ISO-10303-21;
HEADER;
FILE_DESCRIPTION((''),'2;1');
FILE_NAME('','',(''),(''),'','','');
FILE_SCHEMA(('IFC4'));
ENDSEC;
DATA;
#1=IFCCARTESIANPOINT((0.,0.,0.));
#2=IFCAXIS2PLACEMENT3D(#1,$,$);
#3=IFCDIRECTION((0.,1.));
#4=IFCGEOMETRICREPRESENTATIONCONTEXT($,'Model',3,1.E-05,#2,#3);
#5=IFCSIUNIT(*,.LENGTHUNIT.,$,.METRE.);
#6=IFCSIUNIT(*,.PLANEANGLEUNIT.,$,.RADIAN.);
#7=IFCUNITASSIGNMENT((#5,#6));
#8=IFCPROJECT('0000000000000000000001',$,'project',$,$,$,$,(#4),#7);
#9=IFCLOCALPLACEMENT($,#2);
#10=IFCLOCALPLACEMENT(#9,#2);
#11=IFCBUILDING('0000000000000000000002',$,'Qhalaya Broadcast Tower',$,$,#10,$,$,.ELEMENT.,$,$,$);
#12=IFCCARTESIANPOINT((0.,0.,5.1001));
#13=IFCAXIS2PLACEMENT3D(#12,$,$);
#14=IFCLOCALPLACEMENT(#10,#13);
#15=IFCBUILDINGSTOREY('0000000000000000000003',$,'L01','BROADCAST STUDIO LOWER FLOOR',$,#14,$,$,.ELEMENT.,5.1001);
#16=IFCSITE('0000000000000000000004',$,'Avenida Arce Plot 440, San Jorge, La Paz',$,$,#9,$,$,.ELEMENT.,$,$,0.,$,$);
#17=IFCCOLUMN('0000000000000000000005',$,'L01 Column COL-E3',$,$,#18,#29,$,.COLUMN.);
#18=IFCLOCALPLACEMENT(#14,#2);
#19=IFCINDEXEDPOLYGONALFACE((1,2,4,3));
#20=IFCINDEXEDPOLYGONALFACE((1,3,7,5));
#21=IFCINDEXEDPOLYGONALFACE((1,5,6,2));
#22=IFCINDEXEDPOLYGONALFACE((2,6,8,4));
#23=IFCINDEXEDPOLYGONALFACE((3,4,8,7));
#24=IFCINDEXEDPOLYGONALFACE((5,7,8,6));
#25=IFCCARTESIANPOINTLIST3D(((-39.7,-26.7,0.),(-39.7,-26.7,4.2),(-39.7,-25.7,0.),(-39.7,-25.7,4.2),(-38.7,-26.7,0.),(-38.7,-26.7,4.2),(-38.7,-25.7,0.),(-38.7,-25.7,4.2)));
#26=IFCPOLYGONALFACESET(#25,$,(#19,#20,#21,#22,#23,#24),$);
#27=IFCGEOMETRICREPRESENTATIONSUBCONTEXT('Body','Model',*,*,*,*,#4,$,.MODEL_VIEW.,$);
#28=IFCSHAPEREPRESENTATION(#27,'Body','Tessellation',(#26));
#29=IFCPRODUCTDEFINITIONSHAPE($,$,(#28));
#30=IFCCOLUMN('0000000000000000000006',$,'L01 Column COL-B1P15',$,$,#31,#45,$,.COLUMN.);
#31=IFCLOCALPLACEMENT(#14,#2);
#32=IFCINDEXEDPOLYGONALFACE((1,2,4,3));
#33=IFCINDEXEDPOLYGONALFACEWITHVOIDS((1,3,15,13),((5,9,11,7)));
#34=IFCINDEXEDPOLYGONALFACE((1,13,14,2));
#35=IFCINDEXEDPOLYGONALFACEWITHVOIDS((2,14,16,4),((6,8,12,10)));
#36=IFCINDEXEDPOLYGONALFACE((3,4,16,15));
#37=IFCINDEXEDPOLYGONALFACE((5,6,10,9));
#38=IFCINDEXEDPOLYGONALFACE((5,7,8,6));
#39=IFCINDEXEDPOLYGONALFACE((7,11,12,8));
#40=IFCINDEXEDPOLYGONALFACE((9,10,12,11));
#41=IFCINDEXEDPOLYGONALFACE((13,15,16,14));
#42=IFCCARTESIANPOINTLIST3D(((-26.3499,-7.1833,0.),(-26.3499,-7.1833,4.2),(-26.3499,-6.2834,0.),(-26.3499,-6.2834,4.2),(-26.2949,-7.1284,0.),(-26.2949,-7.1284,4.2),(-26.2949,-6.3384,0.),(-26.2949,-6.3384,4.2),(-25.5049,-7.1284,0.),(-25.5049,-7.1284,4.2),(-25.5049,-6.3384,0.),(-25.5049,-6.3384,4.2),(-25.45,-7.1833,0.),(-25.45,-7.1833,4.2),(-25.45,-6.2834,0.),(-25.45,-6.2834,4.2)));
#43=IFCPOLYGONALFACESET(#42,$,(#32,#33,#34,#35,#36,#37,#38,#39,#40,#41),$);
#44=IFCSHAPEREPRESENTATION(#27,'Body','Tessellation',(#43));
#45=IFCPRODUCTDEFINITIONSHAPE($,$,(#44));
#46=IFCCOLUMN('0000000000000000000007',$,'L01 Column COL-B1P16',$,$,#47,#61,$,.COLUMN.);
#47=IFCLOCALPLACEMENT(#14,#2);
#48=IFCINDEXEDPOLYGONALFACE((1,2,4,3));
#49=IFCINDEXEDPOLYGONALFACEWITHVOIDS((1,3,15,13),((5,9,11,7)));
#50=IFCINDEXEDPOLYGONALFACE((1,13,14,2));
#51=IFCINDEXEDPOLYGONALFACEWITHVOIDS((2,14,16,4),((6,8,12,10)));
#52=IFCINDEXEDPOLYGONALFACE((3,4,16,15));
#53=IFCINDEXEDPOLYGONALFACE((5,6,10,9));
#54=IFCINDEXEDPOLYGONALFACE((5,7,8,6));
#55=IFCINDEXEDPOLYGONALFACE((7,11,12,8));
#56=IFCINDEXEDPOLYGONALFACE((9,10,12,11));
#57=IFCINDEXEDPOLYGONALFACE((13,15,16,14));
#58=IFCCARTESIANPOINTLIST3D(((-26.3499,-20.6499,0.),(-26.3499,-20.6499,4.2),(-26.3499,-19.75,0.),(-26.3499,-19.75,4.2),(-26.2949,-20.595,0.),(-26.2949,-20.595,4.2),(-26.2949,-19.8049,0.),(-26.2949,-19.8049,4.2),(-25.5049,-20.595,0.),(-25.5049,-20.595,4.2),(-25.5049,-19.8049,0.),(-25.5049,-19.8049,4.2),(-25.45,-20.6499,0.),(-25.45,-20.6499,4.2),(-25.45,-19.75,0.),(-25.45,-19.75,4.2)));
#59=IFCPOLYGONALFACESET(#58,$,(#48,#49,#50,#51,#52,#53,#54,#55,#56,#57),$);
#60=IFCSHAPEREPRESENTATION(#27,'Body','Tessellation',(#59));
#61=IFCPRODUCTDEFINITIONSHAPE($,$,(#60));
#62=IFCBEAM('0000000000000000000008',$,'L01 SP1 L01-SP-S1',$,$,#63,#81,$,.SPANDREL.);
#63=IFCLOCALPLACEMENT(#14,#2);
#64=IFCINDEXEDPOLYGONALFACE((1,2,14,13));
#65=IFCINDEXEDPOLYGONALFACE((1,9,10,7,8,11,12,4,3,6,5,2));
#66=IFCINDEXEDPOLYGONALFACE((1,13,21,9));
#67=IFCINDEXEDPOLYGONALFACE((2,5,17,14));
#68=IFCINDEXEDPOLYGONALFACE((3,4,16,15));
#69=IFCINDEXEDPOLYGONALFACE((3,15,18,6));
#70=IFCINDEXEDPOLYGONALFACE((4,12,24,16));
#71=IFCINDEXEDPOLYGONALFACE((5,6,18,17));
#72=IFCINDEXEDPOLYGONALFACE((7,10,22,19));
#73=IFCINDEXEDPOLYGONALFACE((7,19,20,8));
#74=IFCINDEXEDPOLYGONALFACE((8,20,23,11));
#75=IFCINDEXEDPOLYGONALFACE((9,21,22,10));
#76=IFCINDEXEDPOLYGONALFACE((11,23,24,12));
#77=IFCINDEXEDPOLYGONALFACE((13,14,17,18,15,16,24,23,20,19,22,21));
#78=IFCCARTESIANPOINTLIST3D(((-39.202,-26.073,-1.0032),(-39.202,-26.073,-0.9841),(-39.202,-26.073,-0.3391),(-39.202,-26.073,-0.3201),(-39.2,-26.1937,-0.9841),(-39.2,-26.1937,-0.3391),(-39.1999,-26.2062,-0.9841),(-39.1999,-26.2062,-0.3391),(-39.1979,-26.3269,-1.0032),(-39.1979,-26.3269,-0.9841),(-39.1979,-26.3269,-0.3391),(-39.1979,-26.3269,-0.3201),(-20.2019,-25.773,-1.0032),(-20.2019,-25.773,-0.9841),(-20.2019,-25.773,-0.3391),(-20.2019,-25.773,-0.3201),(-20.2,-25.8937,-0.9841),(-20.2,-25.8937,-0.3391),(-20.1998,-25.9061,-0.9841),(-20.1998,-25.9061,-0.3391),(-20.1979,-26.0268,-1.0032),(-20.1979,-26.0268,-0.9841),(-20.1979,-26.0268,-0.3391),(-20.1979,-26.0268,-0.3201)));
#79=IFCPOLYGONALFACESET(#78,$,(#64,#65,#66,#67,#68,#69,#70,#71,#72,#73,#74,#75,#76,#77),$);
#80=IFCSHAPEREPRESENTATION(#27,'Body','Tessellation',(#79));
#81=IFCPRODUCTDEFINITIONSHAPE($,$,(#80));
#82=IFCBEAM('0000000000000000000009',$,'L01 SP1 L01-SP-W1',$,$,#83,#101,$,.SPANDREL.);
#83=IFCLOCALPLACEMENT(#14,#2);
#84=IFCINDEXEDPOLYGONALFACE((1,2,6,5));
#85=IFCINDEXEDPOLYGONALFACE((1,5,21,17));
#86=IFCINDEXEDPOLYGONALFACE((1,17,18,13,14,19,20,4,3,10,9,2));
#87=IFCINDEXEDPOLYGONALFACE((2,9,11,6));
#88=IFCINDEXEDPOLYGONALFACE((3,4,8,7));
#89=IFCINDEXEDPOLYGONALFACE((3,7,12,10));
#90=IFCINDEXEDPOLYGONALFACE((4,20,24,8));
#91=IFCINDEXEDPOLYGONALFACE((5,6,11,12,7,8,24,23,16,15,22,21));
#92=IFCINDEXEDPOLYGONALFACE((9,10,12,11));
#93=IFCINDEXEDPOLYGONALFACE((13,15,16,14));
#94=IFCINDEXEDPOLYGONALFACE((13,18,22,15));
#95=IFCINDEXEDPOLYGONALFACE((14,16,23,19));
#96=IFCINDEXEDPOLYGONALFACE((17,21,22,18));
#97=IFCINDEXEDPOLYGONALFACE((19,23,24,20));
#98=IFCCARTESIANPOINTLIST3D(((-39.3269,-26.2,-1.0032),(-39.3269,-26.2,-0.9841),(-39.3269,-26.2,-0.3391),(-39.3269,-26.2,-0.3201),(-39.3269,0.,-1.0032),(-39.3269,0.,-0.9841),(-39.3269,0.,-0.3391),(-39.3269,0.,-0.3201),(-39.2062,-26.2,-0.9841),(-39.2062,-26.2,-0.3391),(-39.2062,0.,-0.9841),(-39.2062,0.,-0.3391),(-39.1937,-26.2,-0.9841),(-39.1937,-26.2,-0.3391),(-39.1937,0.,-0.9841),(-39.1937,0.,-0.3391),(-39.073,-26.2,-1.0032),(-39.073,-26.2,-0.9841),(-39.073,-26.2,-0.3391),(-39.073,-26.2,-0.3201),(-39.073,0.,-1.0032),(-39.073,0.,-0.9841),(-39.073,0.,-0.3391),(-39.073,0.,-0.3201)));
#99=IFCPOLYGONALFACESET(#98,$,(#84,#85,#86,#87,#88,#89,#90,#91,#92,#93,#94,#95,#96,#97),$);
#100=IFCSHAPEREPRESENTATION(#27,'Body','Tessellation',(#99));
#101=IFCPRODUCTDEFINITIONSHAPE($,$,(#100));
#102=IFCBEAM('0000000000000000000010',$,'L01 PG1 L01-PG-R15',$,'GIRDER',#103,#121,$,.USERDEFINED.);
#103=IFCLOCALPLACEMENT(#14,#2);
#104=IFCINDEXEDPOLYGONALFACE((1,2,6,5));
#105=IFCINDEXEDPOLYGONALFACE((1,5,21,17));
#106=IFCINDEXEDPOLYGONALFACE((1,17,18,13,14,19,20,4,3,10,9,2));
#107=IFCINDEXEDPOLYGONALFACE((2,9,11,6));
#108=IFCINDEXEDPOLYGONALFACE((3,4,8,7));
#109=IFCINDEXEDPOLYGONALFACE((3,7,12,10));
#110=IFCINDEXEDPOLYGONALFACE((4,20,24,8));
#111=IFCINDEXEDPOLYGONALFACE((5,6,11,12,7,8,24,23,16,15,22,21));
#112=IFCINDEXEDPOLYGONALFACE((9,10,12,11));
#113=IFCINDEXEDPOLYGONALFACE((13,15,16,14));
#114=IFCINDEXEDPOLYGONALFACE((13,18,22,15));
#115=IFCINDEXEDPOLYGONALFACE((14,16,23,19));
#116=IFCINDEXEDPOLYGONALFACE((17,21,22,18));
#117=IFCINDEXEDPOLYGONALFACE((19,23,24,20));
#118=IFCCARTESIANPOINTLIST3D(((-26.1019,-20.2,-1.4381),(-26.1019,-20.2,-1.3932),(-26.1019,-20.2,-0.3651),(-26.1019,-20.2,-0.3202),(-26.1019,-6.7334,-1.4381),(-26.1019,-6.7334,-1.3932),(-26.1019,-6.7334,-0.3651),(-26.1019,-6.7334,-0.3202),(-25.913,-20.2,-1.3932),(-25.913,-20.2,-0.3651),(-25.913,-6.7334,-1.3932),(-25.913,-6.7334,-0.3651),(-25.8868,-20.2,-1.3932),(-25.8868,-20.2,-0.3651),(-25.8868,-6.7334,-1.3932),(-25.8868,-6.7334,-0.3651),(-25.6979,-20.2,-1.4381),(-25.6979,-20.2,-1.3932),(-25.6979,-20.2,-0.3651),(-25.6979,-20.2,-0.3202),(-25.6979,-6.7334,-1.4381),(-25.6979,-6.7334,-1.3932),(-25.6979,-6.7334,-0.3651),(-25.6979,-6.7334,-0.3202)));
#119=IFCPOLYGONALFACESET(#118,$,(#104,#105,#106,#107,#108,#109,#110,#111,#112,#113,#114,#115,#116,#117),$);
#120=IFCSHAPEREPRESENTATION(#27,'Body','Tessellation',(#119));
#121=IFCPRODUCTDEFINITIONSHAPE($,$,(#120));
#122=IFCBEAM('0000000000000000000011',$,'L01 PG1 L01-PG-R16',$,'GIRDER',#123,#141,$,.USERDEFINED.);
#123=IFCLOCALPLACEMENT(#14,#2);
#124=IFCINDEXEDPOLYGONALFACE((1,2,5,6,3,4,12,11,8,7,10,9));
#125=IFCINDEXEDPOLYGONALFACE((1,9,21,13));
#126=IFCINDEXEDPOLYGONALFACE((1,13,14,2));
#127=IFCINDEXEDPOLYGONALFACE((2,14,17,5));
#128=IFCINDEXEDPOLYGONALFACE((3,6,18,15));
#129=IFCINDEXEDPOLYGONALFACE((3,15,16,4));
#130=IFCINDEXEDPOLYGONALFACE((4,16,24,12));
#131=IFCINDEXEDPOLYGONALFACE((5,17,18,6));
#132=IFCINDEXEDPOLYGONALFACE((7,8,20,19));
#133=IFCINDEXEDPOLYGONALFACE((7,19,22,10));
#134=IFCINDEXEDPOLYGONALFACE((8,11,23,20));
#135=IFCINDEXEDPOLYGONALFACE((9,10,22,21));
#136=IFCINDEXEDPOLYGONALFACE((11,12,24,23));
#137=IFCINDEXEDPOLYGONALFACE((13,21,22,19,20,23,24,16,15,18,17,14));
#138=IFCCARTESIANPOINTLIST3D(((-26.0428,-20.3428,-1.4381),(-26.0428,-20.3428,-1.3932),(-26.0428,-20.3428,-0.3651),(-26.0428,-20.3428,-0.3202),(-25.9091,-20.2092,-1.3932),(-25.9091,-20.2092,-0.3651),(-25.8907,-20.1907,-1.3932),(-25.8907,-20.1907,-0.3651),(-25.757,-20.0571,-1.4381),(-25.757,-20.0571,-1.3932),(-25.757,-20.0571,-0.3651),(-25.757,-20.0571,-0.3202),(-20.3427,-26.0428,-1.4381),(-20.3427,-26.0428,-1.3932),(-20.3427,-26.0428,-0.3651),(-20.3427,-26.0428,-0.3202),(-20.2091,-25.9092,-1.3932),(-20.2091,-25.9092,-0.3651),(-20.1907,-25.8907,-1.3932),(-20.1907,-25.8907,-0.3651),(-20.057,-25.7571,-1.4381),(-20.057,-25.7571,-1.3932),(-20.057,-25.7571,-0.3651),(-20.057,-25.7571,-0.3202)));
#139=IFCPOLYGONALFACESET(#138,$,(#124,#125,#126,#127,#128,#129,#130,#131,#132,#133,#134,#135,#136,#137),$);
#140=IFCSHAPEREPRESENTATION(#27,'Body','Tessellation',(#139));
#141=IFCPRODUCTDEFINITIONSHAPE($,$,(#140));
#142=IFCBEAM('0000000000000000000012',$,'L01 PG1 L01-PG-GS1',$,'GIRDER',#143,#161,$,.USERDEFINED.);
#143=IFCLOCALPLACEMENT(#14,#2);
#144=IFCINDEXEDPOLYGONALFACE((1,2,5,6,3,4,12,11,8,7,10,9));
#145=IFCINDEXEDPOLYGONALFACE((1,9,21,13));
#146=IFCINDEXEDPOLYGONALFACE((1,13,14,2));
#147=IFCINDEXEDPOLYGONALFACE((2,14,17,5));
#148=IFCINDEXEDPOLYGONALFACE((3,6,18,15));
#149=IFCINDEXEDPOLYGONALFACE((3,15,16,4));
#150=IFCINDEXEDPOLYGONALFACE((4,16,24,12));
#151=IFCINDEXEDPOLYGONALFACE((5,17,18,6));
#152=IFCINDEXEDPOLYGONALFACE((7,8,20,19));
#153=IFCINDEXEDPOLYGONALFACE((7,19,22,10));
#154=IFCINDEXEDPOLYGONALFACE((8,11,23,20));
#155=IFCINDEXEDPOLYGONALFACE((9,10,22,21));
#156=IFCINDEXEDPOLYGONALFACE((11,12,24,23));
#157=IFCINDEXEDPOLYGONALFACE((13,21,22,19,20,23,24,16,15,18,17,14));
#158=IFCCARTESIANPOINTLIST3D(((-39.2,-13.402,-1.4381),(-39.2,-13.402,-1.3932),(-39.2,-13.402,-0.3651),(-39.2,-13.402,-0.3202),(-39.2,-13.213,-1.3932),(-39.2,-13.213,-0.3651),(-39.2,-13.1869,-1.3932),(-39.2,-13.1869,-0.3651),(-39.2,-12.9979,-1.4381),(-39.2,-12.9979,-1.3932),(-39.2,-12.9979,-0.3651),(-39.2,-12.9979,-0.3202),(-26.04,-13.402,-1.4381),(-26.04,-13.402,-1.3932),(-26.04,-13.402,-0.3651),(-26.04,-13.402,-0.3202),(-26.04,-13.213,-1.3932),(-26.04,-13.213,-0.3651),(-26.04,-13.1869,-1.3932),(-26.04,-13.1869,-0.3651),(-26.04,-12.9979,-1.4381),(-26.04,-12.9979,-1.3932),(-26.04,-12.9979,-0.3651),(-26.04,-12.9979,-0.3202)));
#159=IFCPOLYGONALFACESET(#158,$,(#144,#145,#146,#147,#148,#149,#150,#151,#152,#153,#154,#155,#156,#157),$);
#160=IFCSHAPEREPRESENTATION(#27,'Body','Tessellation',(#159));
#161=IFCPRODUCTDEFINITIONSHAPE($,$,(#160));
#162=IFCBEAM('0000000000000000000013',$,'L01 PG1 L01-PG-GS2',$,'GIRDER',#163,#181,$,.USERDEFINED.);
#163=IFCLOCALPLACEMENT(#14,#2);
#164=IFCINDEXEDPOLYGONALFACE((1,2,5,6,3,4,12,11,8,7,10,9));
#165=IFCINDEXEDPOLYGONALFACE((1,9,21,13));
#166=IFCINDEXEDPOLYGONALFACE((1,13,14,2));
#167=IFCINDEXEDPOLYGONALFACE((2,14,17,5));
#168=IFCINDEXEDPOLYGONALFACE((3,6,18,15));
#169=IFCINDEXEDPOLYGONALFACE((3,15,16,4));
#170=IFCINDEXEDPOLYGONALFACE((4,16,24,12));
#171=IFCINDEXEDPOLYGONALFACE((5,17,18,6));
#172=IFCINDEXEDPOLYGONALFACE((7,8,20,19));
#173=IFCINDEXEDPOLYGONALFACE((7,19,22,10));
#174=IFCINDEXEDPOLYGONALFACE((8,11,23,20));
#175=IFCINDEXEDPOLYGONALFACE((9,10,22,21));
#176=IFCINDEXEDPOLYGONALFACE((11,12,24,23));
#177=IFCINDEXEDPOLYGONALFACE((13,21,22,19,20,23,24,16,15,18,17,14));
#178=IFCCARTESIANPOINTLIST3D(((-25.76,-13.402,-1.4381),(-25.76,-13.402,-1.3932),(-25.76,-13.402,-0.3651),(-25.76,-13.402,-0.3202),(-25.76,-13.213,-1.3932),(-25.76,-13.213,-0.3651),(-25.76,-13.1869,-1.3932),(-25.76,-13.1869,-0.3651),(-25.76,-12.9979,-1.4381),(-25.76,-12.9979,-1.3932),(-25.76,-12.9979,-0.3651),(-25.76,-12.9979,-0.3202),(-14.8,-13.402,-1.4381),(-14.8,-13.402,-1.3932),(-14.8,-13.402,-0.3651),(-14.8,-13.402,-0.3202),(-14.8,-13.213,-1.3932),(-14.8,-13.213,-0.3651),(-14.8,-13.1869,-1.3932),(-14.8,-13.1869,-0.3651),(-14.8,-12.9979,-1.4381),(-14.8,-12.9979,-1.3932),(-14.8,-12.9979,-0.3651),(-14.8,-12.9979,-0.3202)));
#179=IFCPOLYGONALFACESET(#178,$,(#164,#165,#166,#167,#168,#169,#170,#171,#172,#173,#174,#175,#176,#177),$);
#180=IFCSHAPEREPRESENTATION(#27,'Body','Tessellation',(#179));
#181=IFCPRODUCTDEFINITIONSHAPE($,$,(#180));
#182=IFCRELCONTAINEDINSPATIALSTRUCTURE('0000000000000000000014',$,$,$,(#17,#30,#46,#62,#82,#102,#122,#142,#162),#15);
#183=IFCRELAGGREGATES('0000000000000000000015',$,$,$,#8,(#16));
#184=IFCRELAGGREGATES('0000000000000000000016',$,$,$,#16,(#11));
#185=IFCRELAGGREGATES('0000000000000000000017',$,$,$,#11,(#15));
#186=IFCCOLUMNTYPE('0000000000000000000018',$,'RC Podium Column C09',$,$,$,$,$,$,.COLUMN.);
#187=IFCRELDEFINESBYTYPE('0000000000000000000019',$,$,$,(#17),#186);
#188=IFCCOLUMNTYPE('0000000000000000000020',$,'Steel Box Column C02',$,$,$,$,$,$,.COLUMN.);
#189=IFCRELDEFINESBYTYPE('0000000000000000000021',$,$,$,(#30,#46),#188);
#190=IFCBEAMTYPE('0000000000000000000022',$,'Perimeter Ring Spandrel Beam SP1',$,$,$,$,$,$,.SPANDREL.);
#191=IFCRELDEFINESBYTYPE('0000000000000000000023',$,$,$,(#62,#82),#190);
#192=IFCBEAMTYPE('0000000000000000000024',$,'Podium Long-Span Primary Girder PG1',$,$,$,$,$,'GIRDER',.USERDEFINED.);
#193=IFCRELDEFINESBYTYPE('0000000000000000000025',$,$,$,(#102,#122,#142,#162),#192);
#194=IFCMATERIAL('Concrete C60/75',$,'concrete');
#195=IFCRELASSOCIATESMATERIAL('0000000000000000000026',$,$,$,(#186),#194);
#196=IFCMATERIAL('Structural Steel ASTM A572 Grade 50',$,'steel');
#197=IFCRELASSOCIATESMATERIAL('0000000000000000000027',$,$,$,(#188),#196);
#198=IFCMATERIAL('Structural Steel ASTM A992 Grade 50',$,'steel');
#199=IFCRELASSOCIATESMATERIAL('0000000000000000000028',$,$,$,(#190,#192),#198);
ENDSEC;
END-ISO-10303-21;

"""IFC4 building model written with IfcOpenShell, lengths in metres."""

from ifc_helpers import new_model, si_unit, direction, frame, origin, origin_2d, place, context, subcontext, project, spatial, rectangle, hollow_rectangle, i_section, extrude, material, material_profile, profile_set, type_object, element, save


model = new_model("IFC4")

# Units and contexts
model_context = context("Model", 3, precision=1e-05, world=origin(), true_north=direction((0.0, 1.0)))
body_context = subcontext(model_context, "Body", "Model", "MODEL_VIEW")
ifc_project = project(units=[si_unit("LENGTHUNIT", "METRE"), si_unit("PLANEANGLEUNIT", "RADIAN")], contexts=[model_context])

# Site, building, storey
site_placement = place(None, origin())
site = spatial("IfcSite", under=ifc_project, at=site_placement, Name="Avenida Arce Plot 440, San Jorge, La Paz", CompositionType="ELEMENT", RefElevation=0.0)
building_placement = place(site_placement, origin())
building = spatial("IfcBuilding", under=site, at=building_placement, Name="Qhalaya Broadcast Tower", CompositionType="ELEMENT")
storey_placement = place(building_placement, frame((0.0, 0.0, 5.1001)))
storey = spatial("IfcBuildingStorey", under=building, at=storey_placement, Name="L01", Description="BROADCAST STUDIO LOWER FLOOR", CompositionType="ELEMENT", Elevation=5.1001)

# Columns
ifc_material_1 = material(Name="Concrete C60/75", Category="concrete")
ifc_material_profile_1 = material_profile(ifc_material_1, rectangle(XDim=1.0, YDim=1.0, at=origin_2d()), Name="RC-COL 1000x1000")
ifc_profile_set_1 = profile_set([ifc_material_profile_1], Name="Concrete C60/75")
column_type_1 = type_object("IfcColumnType", Name="RC Podium Column C09", PredefinedType="COLUMN", material=ifc_profile_set_1)
column_placement = place(storey_placement, frame((-39.2, -26.2, 0.0), z_axis=(0.0, 0.0, 1.0), x_axis=(1.0, 0.0, 0.0)))
element("IfcColumn", 1, at=column_placement, inside=storey, type_object=column_type_1, Name="L01 Column COL-E3", PredefinedType="COLUMN", context=body_context, shape_type="SweptSolid", body=[
    extrude(rectangle(XDim=1.0, YDim=1.0, at=origin_2d()), origin(), (0.0, 0.0, 1.0), 4.2),
])
ifc_material_2 = material(Name="Structural Steel ASTM A572 Grade 50", Category="steel")
ifc_material_profile_2 = material_profile(ifc_material_2, hollow_rectangle(XDim=0.8999, YDim=0.8999, WallThickness=0.0549, at=origin_2d()), Name="BOX 900x900x55")
ifc_profile_set_2 = profile_set([ifc_material_profile_2], Name="Structural Steel ASTM A572 Grade 50")
column_type_2 = type_object("IfcColumnType", Name="Steel Box Column C02", PredefinedType="COLUMN", material=ifc_profile_set_2)
for number, where, z_axis, x_axis, name in (
    (2, (-25.8999, -6.7334, 0.0), (0.0, 0.0, 1.0), (0.0, 1.0, 0.0), "L01 Column COL-B1P15"),
    (3, (-25.8999, -20.2, 0.0), (0.0, 0.0, 1.0), (0.0, 1.0, 0.0), "L01 Column COL-B1P16"),
):
    element("IfcColumn", number, at=place(storey_placement, frame(where, z_axis=z_axis, x_axis=x_axis)), inside=storey, type_object=column_type_2, Name=name, PredefinedType="COLUMN", context=body_context, shape_type="SweptSolid", body=[
        extrude(hollow_rectangle(XDim=0.8999, YDim=0.8999, WallThickness=0.0549, at=origin_2d()), origin(), (0.0, 0.0, 1.0), 4.2),
    ])

# Beams
ifc_material_3 = material(Name="Structural Steel ASTM A992 Grade 50", Category="steel")
ifc_material_profile_3 = material_profile(ifc_material_3, i_section(OverallWidth=0.2539, OverallDepth=0.6831, WebThickness=0.0125, FlangeThickness=0.019, at=origin_2d()), Name="W27X94")
ifc_profile_set_3 = profile_set([ifc_material_profile_3], Name="Structural Steel ASTM A992 Grade 50")
beam_type_1 = type_object("IfcBeamType", Name="Perimeter Ring Spandrel Beam SP1", PredefinedType="SPANDREL", material=ifc_profile_set_3)
beam_1_placement = place(storey_placement, frame((-39.2, -26.2, -0.6616), z_axis=(0.999875, 0.01579, 0.0), x_axis=(-0.01579, 0.999875, 0.0)))
element("IfcBeam", 4, at=beam_1_placement, inside=storey, type_object=beam_type_1, Name="L01 SP1 L01-SP-S1", PredefinedType="SPANDREL", context=body_context, shape_type="SweptSolid", body=[
    extrude(i_section(OverallWidth=0.2539, OverallDepth=0.6831, WebThickness=0.0125, FlangeThickness=0.019, at=origin_2d()), origin(), (0.0, 0.0, 1.0), 19.0024),
])
beam_2_placement = place(storey_placement, frame((-39.2, -26.2, -0.6616), z_axis=(0.0, 1.0, 0.0), x_axis=(-1.0, 0.0, 0.0)))
element("IfcBeam", 5, at=beam_2_placement, inside=storey, type_object=beam_type_1, Name="L01 SP1 L01-SP-W1", PredefinedType="SPANDREL", context=body_context, shape_type="SweptSolid", body=[
    extrude(i_section(OverallWidth=0.2539, OverallDepth=0.6831, WebThickness=0.0125, FlangeThickness=0.019, at=origin_2d()), origin(), (0.0, 0.0, 1.0), 26.2),
])
ifc_material_profile_4 = material_profile(ifc_material_3, i_section(OverallWidth=0.4041, OverallDepth=1.1179, WebThickness=0.0261, FlangeThickness=0.0449, at=origin_2d()), Name="W44X335")
ifc_profile_set_4 = profile_set([ifc_material_profile_4], Name="Structural Steel ASTM A992 Grade 50")
beam_type_2 = type_object("IfcBeamType", Name="Podium Long-Span Primary Girder PG1", ElementType="GIRDER", PredefinedType="USERDEFINED", material=ifc_profile_set_4)
beam_3_placement = place(storey_placement, frame((-25.8999, -6.7334, -0.8792), z_axis=(0.0, -1.0, 0.0), x_axis=(1.0, 0.0, 0.0)))
element("IfcBeam", 6, at=beam_3_placement, inside=storey, type_object=beam_type_2, Name="L01 PG1 L01-PG-R15", ObjectType="GIRDER", PredefinedType="USERDEFINED", context=body_context, shape_type="SweptSolid", body=[
    extrude(i_section(OverallWidth=0.4041, OverallDepth=1.1179, WebThickness=0.0261, FlangeThickness=0.0449, at=origin_2d()), origin(), (0.0, 0.0, 1.0), 13.4666),
])
beam_4_placement = place(storey_placement, frame((-25.8999, -20.2, -0.8792), z_axis=(0.707107, -0.707107, 0.0), x_axis=(0.707107, 0.707107, 0.0)))
element("IfcBeam", 7, at=beam_4_placement, inside=storey, type_object=beam_type_2, Name="L01 PG1 L01-PG-R16", ObjectType="GIRDER", PredefinedType="USERDEFINED", context=body_context, shape_type="SweptSolid", body=[
    extrude(i_section(OverallWidth=0.4041, OverallDepth=1.1179, WebThickness=0.0261, FlangeThickness=0.0449, at=origin_2d()), origin(), (0.0, 0.0, 1.0), 8.061),
])
beam_5_placement = place(storey_placement, frame((-39.2, -13.2, -0.8792), z_axis=(1.0, 0.0, 0.0), x_axis=(0.0, 1.0, 0.0)))
element("IfcBeam", 8, at=beam_5_placement, inside=storey, type_object=beam_type_2, Name="L01 PG1 L01-PG-GS1", ObjectType="GIRDER", PredefinedType="USERDEFINED", context=body_context, shape_type="SweptSolid", body=[
    extrude(i_section(OverallWidth=0.4041, OverallDepth=1.1179, WebThickness=0.0261, FlangeThickness=0.0449, at=origin_2d()), origin(), (0.0, 0.0, 1.0), 13.1599),
])
beam_6_placement = place(storey_placement, frame((-25.76, -13.2, -0.8792), z_axis=(1.0, 0.0, 0.0), x_axis=(0.0, 1.0, 0.0)))
element("IfcBeam", 9, at=beam_6_placement, inside=storey, type_object=beam_type_2, Name="L01 PG1 L01-PG-GS2", ObjectType="GIRDER", PredefinedType="USERDEFINED", context=body_context, shape_type="SweptSolid", body=[
    extrude(i_section(OverallWidth=0.4041, OverallDepth=1.1179, WebThickness=0.0261, FlangeThickness=0.0449, at=origin_2d()), origin(), (0.0, 0.0, 1.0), 10.96),
])

save(model, "model.ifc")
